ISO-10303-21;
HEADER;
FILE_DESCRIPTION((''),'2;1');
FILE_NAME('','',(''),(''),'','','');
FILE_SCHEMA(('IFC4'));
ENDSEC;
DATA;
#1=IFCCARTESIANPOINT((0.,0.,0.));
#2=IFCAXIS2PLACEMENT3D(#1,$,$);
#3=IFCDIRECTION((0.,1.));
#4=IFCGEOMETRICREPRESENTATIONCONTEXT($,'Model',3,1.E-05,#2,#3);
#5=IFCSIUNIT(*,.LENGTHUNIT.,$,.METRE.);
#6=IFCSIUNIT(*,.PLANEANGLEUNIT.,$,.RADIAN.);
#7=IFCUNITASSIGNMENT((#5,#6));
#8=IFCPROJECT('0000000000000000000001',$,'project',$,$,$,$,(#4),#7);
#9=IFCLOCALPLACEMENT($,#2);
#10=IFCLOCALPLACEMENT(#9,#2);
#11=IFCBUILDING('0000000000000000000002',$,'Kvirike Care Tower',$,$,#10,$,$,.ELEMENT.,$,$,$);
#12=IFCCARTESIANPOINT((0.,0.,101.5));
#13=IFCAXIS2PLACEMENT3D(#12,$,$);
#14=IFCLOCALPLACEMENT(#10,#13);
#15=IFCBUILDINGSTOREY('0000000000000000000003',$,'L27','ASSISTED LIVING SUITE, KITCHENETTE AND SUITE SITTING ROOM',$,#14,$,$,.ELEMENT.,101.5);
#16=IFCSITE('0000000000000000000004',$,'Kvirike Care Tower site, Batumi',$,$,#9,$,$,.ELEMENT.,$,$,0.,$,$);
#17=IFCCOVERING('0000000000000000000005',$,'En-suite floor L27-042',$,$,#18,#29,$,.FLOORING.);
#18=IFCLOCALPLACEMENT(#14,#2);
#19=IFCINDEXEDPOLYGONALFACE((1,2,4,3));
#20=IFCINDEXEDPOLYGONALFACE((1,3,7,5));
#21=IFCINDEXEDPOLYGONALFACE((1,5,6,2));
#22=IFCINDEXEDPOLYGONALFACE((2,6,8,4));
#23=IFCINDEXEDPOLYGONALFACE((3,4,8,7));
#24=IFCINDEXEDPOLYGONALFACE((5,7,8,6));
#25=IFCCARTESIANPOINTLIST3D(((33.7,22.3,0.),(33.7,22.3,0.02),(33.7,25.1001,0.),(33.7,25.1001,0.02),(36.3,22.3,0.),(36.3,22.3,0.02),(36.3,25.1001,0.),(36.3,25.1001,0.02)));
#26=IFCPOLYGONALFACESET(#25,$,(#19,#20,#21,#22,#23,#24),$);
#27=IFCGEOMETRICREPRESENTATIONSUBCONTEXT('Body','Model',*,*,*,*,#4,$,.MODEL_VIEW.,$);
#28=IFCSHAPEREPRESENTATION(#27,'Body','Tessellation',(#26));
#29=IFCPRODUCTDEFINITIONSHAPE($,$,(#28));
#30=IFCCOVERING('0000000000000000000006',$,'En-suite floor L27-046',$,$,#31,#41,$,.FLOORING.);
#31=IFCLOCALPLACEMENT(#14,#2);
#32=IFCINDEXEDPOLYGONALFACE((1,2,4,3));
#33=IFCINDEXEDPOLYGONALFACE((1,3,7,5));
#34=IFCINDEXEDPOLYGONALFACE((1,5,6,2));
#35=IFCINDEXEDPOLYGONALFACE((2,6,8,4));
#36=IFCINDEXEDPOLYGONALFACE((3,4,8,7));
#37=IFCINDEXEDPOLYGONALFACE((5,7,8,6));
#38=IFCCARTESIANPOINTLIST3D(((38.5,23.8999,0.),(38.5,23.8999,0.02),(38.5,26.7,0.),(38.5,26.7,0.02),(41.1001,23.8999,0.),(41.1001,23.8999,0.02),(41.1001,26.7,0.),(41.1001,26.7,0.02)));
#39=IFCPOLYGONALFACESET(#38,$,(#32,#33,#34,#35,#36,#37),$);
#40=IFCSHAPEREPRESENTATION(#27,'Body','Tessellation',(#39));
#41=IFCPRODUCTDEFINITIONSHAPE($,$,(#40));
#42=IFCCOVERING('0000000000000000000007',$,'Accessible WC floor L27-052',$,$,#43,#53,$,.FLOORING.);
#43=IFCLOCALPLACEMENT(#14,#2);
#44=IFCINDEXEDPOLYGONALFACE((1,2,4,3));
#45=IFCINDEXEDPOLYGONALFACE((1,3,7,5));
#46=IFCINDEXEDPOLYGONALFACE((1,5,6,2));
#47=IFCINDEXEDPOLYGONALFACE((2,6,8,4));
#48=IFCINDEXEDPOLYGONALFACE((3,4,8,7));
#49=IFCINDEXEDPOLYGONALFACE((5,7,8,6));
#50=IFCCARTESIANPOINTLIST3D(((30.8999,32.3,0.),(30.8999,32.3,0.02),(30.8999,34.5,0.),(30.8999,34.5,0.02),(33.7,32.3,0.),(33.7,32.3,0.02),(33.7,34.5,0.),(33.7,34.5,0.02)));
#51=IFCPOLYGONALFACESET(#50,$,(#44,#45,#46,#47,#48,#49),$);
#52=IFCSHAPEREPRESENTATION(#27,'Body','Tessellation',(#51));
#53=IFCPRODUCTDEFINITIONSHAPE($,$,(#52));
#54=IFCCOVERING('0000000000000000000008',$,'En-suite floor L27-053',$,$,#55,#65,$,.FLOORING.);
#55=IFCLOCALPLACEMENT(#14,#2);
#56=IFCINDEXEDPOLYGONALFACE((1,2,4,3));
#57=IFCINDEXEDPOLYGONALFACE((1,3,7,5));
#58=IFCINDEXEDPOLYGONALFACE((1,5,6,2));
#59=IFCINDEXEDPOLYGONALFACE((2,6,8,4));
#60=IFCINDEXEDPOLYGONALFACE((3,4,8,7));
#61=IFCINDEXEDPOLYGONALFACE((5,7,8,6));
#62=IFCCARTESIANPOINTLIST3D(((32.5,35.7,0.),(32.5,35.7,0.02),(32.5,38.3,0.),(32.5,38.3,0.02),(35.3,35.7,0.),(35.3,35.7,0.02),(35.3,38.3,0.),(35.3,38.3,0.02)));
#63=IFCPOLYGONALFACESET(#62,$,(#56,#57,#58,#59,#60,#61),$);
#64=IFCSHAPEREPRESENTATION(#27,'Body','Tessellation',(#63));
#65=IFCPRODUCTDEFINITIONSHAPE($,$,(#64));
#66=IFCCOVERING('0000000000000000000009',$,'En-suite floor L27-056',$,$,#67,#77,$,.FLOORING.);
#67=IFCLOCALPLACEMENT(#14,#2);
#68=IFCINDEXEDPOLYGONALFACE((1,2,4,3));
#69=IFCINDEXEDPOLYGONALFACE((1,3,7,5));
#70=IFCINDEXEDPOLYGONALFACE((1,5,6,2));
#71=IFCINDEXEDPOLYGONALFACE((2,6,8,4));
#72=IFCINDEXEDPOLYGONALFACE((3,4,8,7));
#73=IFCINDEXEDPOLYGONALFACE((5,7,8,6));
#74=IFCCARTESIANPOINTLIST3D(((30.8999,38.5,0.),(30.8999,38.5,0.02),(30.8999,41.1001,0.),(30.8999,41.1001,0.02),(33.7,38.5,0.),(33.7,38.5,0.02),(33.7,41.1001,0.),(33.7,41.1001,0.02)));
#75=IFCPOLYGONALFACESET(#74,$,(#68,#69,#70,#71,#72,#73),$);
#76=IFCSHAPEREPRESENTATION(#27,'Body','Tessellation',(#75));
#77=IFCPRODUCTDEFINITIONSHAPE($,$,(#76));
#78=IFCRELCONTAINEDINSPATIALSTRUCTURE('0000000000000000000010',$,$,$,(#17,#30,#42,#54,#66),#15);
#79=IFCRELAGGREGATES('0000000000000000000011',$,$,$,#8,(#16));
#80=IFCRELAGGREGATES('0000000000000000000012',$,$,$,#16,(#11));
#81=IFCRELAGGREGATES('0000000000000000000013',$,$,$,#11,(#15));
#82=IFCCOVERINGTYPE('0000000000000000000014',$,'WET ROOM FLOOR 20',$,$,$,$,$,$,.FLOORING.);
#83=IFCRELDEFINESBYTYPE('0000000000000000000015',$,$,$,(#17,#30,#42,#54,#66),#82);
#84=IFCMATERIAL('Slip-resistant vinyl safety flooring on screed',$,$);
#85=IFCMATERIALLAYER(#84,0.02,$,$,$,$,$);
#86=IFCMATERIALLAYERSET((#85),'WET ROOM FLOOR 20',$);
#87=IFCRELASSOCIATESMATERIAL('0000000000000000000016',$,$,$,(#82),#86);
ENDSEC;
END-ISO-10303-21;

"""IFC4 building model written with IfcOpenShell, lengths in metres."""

from ifc_helpers import new_model, si_unit, direction, frame, origin, place, context, subcontext, project, spatial, polyline, outline, extrude, material, layer, layer_set, type_object, element, save


model = new_model("IFC4")

# Units and contexts
model_context = context("Model", 3, precision=1e-05, world=origin(), true_north=direction((0.0, 1.0)))
body_context = subcontext(model_context, "Body", "Model", "MODEL_VIEW")
ifc_project = project(units=[si_unit("LENGTHUNIT", "METRE"), si_unit("PLANEANGLEUNIT", "RADIAN")], contexts=[model_context])

# Site, building, storey
site_placement = place(None, origin())
site = spatial("IfcSite", under=ifc_project, at=site_placement, Name="Kvirike Care Tower site, Batumi", CompositionType="ELEMENT", RefElevation=0.0)
building_placement = place(site_placement, origin())
building = spatial("IfcBuilding", under=site, at=building_placement, Name="Kvirike Care Tower", CompositionType="ELEMENT")
storey_placement = place(building_placement, frame((0.0, 0.0, 101.5)))
storey = spatial("IfcBuildingStorey", under=building, at=storey_placement, Name="L27", Description="ASSISTED LIVING SUITE, KITCHENETTE AND SUITE SITTING ROOM", CompositionType="ELEMENT", Elevation=101.5)

# Coverings
ifc_material_1 = material(Name="Slip-resistant vinyl safety flooring on screed")
ifc_layer_1 = layer(ifc_material_1, 0.02)
ifc_layer_set_1 = layer_set([ifc_layer_1], Name="WET ROOM FLOOR 20")
covering_type_1 = type_object("IfcCoveringType", Name="WET ROOM FLOOR 20", PredefinedType="FLOORING", material=ifc_layer_set_1)
covering_1_placement = place(storey_placement, origin())
element("IfcCovering", 1, at=covering_1_placement, inside=storey, type_object=covering_type_1, Name="En-suite floor L27-042", PredefinedType="FLOORING", context=body_context, shape_type="SweptSolid", body=[
    extrude(outline(polyline([(33.7, 22.3), (33.7, 25.1001), (36.3, 25.1001), (36.3, 22.3), (33.7, 22.3)])), origin(), (0.0, 0.0, 1.0), 0.02),
])
covering_2_placement = place(storey_placement, origin())
element("IfcCovering", 2, at=covering_2_placement, inside=storey, type_object=covering_type_1, Name="En-suite floor L27-046", PredefinedType="FLOORING", context=body_context, shape_type="SweptSolid", body=[
    extrude(outline(polyline([(38.5, 23.8999), (38.5, 26.7), (41.1001, 26.7), (41.1001, 23.8999), (38.5, 23.8999)])), origin(), (0.0, 0.0, 1.0), 0.02),
])
covering_3_placement = place(storey_placement, origin())
element("IfcCovering", 3, at=covering_3_placement, inside=storey, type_object=covering_type_1, Name="Accessible WC floor L27-052", PredefinedType="FLOORING", context=body_context, shape_type="SweptSolid", body=[
    extrude(outline(polyline([(33.7, 32.3), (30.8999, 32.3), (30.8999, 34.5), (33.7, 34.5), (33.7, 32.3)])), origin(), (0.0, 0.0, 1.0), 0.02),
])
covering_4_placement = place(storey_placement, origin())
element("IfcCovering", 4, at=covering_4_placement, inside=storey, type_object=covering_type_1, Name="En-suite floor L27-053", PredefinedType="FLOORING", context=body_context, shape_type="SweptSolid", body=[
    extrude(outline(polyline([(35.3, 35.7), (32.5, 35.7), (32.5, 38.3), (35.3, 38.3), (35.3, 35.7)])), origin(), (0.0, 0.0, 1.0), 0.02),
])
covering_5_placement = place(storey_placement, origin())
element("IfcCovering", 5, at=covering_5_placement, inside=storey, type_object=covering_type_1, Name="En-suite floor L27-056", PredefinedType="FLOORING", context=body_context, shape_type="SweptSolid", body=[
    extrude(outline(polyline([(33.7, 38.5), (30.8999, 38.5), (30.8999, 41.1001), (33.7, 41.1001), (33.7, 38.5)])), origin(), (0.0, 0.0, 1.0), 0.02),
])

save(model, "model.ifc")
